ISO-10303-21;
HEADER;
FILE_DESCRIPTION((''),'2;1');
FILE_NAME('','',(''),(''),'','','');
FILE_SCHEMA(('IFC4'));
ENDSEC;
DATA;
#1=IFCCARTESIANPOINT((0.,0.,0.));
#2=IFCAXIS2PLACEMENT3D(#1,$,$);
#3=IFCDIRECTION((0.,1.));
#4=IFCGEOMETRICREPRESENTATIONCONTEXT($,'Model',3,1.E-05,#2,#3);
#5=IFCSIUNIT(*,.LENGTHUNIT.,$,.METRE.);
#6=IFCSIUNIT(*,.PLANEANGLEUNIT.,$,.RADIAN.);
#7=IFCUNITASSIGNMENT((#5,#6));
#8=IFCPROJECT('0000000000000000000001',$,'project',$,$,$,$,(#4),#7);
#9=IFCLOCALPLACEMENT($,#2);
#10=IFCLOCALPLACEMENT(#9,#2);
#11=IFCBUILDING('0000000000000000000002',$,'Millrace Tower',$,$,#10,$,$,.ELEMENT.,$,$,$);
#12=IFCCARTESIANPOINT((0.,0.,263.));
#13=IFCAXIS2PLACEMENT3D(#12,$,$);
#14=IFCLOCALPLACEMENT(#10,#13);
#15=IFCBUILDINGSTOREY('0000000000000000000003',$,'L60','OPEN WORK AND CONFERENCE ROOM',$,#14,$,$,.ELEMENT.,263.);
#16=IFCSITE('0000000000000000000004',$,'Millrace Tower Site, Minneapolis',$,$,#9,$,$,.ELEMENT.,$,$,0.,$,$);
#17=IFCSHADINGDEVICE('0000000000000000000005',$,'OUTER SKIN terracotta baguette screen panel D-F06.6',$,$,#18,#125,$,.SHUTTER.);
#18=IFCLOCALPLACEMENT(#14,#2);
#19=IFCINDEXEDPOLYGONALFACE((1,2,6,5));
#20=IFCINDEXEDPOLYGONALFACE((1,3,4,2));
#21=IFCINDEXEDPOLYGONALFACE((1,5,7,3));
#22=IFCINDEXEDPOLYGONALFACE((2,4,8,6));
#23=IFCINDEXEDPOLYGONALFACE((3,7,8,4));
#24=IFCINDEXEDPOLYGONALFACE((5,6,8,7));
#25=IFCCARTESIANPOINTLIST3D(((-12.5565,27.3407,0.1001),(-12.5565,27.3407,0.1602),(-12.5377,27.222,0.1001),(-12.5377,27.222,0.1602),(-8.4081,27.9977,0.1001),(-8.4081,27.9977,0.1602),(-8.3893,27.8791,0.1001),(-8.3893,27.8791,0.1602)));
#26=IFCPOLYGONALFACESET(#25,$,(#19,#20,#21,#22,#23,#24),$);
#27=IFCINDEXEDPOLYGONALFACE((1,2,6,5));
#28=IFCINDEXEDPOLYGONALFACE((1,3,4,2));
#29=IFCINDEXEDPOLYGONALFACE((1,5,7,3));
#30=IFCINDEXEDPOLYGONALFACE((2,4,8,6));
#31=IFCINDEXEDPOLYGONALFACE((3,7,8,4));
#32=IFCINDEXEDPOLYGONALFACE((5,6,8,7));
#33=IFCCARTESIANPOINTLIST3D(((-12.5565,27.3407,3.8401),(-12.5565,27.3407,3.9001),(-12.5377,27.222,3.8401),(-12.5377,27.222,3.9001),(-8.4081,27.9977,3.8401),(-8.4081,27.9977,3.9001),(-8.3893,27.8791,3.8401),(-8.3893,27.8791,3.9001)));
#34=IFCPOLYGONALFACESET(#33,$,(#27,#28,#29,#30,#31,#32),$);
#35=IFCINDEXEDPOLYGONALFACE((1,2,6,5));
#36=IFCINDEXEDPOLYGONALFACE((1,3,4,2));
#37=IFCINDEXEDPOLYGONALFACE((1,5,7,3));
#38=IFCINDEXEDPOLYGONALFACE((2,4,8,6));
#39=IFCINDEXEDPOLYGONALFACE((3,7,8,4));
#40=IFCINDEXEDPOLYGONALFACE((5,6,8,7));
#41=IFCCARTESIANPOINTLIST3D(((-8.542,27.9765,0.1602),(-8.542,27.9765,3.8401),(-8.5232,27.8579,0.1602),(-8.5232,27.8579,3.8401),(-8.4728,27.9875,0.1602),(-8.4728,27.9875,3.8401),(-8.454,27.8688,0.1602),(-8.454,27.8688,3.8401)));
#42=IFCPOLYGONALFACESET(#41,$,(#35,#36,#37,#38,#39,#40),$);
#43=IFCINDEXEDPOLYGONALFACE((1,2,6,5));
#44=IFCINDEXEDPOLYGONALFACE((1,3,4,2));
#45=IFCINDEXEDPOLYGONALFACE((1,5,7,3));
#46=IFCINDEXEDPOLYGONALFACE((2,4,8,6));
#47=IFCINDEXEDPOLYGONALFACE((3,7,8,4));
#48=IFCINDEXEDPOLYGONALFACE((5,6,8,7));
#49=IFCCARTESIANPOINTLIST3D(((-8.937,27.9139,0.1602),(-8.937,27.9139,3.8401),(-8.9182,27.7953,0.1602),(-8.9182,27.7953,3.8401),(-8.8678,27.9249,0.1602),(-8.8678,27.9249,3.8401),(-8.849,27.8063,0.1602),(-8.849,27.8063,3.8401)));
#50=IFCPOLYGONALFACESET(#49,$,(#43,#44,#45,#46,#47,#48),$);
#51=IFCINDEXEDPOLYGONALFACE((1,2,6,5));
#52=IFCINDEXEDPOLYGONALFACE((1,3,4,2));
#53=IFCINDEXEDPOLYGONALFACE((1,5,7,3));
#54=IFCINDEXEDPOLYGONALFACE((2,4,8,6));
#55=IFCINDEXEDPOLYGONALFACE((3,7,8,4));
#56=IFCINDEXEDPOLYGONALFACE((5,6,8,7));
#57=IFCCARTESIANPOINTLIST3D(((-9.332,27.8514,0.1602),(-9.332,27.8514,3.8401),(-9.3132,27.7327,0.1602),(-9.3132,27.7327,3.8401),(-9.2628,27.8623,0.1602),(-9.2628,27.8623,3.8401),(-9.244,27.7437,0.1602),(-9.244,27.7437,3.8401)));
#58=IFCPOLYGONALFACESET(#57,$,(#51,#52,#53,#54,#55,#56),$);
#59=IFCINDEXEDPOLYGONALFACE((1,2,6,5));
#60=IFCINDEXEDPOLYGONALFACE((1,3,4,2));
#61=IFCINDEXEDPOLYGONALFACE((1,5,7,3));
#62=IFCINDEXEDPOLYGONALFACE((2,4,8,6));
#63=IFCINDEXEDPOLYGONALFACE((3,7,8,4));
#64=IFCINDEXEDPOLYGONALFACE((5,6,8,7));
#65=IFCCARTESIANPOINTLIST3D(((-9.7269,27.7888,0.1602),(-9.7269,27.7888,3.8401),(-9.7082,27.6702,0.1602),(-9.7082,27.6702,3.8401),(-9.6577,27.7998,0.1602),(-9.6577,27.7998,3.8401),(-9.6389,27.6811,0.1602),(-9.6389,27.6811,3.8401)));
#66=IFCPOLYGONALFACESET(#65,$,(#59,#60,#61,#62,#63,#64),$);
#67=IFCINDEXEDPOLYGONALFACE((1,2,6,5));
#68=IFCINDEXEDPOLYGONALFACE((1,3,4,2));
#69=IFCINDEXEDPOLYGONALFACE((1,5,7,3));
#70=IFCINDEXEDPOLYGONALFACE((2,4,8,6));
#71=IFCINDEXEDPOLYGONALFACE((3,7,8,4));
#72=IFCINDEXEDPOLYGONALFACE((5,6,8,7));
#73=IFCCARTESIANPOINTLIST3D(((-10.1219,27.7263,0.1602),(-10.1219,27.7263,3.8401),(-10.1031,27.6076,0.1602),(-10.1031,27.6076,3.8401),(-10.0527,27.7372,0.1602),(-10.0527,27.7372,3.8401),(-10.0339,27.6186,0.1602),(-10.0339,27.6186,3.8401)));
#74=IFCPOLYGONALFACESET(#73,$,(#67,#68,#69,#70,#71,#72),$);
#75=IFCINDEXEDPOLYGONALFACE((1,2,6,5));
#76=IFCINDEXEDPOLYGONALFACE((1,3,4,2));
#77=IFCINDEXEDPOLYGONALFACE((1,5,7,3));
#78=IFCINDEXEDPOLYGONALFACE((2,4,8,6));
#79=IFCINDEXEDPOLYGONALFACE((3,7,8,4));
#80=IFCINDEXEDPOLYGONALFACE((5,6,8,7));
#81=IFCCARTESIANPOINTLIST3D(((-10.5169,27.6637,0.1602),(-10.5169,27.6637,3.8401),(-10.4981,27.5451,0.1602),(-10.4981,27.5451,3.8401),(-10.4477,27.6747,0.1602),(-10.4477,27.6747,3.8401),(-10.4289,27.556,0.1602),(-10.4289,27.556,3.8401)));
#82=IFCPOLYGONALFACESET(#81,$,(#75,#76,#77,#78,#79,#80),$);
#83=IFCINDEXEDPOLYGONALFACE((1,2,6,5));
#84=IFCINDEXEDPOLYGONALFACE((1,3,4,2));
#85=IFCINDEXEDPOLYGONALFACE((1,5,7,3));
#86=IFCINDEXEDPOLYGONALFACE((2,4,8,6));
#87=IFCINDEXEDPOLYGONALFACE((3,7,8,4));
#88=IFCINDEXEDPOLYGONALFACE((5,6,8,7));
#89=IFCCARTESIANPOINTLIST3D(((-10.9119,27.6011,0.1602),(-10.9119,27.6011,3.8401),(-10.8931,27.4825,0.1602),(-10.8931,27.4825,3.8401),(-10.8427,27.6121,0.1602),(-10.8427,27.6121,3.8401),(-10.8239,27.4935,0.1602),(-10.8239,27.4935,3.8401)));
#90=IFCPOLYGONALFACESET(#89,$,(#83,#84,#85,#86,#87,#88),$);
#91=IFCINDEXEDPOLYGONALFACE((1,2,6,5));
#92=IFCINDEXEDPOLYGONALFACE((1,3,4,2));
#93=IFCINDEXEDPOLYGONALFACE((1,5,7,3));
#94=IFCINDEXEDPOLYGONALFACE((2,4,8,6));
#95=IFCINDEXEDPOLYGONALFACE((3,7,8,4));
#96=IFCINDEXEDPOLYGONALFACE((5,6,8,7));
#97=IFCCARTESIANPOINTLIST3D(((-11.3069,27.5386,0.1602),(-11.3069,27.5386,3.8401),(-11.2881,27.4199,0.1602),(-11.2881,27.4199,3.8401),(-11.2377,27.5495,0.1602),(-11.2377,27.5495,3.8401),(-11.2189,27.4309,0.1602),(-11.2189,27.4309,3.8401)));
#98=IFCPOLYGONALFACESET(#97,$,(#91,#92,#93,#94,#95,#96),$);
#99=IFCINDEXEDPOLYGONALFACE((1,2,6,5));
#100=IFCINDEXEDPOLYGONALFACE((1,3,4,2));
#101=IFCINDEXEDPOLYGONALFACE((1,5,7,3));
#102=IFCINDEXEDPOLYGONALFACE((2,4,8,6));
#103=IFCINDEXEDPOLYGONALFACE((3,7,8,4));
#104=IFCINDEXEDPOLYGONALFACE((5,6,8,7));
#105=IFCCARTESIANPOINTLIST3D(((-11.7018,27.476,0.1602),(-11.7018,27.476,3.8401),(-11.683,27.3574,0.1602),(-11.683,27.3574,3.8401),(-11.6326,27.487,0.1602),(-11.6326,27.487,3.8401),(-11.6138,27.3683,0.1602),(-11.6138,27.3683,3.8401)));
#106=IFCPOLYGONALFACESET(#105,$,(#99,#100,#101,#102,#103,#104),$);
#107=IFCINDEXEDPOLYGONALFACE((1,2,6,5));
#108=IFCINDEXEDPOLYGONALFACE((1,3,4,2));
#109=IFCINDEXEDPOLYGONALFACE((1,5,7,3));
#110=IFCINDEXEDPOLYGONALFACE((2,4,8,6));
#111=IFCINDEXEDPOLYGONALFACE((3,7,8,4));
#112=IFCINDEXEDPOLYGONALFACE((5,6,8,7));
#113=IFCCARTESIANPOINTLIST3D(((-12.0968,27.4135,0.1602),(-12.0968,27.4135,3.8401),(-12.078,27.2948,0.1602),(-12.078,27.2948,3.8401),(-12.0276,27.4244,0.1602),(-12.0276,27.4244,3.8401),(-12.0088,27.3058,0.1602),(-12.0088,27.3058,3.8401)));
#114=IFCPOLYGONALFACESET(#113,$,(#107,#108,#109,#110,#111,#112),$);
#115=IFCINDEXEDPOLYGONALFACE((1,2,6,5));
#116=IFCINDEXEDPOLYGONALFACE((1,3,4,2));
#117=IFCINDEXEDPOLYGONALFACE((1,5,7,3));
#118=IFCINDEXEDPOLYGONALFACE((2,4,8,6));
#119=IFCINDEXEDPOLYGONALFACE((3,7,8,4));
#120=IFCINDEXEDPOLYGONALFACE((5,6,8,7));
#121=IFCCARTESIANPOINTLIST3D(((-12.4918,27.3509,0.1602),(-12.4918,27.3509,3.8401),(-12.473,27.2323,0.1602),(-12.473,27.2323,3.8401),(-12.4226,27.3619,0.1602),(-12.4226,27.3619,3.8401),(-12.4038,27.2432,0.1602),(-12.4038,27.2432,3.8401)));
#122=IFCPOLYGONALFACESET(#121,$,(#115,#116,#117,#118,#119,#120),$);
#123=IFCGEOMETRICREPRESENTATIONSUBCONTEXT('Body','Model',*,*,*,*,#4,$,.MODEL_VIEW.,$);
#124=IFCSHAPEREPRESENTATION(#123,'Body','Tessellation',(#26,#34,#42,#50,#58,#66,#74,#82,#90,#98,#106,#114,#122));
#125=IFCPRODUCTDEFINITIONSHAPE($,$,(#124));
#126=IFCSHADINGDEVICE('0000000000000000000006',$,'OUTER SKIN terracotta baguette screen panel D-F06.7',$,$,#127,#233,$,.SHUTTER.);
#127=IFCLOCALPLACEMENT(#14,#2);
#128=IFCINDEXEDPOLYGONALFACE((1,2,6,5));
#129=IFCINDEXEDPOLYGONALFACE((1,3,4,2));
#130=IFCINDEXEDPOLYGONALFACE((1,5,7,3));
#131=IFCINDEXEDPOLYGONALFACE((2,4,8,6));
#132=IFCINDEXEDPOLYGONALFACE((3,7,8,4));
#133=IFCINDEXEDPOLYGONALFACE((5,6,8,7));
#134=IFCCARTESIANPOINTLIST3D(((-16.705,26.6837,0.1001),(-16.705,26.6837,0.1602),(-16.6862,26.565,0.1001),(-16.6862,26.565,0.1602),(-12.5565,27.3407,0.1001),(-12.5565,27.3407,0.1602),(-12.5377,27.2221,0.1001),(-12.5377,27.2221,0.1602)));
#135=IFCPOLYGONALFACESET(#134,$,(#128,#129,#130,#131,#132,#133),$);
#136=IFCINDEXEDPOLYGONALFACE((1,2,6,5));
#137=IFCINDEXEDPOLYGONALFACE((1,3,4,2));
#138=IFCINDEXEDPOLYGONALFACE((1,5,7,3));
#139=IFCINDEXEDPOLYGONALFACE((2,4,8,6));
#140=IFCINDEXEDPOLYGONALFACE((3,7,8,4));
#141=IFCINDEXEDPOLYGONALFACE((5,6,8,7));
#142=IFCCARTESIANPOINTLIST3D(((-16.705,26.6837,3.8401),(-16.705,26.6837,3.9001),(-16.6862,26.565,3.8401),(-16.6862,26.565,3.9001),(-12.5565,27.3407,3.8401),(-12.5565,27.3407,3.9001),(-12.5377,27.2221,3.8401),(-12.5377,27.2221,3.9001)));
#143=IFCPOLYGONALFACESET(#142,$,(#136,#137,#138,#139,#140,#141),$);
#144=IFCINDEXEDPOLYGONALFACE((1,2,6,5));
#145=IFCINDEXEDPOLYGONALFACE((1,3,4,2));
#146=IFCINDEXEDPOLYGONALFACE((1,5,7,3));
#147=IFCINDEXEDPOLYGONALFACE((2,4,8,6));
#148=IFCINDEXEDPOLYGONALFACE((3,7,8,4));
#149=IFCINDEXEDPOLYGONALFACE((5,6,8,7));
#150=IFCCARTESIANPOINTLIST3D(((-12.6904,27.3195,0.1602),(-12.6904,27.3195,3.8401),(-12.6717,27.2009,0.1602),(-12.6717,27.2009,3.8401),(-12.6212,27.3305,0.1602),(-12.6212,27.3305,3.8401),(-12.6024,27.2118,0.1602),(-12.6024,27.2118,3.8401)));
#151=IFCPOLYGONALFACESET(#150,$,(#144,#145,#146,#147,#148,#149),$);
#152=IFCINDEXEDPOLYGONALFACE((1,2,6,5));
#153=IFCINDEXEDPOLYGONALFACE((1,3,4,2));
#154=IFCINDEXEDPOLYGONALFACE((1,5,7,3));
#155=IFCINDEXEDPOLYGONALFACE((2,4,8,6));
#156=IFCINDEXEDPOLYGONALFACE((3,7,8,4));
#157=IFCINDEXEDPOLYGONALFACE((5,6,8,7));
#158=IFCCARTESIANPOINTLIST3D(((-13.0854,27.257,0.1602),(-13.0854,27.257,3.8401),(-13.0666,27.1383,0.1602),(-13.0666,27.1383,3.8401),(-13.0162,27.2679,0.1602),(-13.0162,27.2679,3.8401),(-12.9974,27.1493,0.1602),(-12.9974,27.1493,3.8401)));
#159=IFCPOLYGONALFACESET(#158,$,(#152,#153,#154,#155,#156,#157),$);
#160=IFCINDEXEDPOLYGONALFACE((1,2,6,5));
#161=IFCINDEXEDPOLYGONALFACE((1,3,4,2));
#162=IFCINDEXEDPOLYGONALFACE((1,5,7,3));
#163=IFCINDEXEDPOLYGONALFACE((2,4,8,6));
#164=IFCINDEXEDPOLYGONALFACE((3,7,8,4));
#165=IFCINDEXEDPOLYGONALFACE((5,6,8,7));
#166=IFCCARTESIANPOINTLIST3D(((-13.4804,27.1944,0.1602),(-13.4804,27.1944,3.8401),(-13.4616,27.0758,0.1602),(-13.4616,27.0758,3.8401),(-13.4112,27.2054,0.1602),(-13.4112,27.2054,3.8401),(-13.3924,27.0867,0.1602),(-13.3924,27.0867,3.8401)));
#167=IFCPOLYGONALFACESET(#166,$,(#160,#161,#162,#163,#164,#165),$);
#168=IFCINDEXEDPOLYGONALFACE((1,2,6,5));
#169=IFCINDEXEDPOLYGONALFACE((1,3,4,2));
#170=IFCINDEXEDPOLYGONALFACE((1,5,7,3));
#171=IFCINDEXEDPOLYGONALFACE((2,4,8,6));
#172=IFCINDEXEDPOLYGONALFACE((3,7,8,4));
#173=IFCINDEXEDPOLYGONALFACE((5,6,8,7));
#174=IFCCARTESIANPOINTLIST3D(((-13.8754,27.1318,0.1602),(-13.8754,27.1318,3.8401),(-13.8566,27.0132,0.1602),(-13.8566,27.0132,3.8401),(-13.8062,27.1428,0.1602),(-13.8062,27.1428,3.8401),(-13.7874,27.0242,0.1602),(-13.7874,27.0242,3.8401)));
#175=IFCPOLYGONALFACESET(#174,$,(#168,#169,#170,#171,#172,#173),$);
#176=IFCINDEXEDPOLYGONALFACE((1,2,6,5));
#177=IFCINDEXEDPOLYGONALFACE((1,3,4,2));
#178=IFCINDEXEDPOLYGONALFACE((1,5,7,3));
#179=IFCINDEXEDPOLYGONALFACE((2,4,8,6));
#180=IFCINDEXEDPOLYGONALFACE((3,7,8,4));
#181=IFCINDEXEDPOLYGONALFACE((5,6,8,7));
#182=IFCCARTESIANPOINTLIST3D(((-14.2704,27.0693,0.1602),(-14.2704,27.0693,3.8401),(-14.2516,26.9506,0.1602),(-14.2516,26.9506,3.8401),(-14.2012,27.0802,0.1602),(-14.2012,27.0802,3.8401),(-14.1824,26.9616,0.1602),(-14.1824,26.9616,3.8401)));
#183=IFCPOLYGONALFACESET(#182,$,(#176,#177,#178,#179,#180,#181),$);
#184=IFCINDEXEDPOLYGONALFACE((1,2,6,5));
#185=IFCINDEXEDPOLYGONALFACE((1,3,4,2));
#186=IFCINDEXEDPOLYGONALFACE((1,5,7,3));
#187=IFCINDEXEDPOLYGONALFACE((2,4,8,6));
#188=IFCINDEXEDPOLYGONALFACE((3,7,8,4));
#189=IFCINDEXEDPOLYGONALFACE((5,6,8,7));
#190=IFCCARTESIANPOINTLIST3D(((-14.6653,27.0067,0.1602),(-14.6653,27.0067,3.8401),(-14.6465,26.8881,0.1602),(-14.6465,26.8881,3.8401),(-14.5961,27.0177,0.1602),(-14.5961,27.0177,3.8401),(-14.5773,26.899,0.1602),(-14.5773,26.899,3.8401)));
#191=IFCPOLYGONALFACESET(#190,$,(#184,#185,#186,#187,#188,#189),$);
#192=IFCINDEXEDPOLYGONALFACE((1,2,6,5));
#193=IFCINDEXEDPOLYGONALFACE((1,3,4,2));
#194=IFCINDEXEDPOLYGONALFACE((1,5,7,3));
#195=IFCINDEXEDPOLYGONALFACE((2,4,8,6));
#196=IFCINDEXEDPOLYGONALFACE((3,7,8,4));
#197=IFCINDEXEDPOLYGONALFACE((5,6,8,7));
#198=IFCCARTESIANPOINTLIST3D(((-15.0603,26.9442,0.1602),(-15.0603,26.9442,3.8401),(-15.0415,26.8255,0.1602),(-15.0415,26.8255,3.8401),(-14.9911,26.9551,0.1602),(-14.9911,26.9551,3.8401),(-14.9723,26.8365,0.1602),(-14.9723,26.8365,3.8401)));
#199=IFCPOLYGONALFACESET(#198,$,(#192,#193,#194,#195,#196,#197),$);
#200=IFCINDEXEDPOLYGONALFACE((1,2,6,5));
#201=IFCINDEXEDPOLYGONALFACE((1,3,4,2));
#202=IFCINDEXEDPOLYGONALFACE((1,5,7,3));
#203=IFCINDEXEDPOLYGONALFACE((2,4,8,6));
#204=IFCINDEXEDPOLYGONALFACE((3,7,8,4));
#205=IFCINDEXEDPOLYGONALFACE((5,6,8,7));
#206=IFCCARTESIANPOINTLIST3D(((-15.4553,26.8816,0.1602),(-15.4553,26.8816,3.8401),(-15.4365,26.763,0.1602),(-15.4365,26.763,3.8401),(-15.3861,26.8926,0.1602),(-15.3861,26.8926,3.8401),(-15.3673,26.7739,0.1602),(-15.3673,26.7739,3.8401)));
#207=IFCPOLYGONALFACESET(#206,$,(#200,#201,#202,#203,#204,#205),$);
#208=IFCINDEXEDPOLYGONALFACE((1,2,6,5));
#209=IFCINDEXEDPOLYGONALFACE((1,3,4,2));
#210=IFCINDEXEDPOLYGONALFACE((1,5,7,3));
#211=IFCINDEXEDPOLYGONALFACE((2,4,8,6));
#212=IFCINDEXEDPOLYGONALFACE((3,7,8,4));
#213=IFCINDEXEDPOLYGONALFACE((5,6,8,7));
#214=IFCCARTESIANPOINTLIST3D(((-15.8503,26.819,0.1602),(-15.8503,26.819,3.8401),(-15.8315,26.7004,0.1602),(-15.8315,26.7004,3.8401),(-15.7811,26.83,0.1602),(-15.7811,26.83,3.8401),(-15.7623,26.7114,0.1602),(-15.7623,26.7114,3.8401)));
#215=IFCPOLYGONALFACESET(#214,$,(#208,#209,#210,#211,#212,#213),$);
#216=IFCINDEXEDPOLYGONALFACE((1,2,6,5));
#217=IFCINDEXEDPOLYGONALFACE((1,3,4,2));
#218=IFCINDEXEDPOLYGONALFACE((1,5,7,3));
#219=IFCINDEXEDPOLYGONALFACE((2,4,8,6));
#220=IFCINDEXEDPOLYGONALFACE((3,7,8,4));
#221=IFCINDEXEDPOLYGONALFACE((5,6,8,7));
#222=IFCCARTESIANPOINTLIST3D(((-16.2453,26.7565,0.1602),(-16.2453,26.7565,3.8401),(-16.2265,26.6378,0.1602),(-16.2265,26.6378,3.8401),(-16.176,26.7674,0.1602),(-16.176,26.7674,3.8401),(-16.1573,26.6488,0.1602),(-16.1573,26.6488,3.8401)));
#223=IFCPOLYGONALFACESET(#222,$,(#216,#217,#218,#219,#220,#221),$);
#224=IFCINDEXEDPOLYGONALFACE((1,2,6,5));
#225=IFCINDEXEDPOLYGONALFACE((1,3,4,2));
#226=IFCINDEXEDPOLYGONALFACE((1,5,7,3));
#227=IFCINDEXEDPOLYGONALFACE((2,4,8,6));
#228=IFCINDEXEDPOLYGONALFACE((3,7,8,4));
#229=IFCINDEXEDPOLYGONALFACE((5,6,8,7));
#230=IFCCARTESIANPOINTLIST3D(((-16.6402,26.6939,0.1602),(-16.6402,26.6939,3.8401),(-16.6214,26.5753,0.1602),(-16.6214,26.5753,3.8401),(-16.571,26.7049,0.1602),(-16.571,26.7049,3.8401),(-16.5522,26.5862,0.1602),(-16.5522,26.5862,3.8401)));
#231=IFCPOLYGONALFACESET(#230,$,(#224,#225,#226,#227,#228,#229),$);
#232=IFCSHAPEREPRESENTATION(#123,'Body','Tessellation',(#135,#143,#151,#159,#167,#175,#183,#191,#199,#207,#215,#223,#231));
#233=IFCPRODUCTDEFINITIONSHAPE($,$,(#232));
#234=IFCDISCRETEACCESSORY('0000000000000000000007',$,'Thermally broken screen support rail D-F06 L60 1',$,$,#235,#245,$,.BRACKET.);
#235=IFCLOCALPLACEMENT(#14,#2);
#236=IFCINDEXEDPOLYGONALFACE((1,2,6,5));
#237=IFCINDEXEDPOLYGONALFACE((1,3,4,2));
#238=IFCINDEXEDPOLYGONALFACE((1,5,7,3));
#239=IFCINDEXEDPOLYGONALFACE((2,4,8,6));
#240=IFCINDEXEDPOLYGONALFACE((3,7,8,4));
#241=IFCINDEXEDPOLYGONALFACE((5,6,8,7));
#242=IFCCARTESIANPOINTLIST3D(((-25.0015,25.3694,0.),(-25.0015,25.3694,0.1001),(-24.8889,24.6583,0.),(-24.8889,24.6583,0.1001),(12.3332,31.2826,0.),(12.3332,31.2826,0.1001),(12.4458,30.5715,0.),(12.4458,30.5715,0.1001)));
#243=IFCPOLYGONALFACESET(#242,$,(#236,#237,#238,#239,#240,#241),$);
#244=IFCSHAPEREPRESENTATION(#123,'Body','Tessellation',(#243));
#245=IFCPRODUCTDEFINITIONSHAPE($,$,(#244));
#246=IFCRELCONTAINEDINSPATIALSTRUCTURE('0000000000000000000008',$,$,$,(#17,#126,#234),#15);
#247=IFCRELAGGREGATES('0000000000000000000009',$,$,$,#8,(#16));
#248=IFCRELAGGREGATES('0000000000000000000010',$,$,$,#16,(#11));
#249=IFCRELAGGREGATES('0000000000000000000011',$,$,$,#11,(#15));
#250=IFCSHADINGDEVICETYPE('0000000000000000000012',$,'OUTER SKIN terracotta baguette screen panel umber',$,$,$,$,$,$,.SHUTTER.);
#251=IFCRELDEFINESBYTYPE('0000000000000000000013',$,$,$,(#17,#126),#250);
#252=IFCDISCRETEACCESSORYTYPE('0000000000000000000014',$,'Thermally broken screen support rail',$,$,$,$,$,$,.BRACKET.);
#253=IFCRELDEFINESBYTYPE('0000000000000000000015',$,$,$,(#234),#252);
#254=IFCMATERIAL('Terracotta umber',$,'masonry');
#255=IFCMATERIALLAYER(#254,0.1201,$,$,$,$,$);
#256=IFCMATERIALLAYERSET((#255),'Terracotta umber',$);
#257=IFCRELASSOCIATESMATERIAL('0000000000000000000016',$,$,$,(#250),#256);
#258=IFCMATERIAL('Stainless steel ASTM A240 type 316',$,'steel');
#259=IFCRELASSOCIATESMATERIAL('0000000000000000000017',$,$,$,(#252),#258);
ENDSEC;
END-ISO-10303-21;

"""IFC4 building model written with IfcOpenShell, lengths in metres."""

from ifc_helpers import new_model, entity, si_unit, direction, frame, frame_2d, origin, origin_2d, place, context, subcontext, project, spatial, rectangle, extrude, source, transform, mapped, material, layer, layer_set, type_object, element, save


model = new_model("IFC4")

# Units and contexts
model_context = context("Model", 3, precision=1e-05, world=origin(), true_north=direction((0.0, 1.0)))
body_context = subcontext(model_context, "Body", "Model", "MODEL_VIEW")
ifc_project = project(units=[si_unit("LENGTHUNIT", "METRE"), si_unit("PLANEANGLEUNIT", "RADIAN")], contexts=[model_context])

# Site, building, storey
site_placement = place(None, origin())
site = spatial("IfcSite", under=ifc_project, at=site_placement, Name="Millrace Tower Site, Minneapolis", CompositionType="ELEMENT", RefElevation=0.0)
building_placement = place(site_placement, origin())
building = spatial("IfcBuilding", under=site, at=building_placement, Name="Millrace Tower", CompositionType="ELEMENT")
storey_placement = place(building_placement, frame((0.0, 0.0, 263.0)))
storey = spatial("IfcBuildingStorey", under=building, at=storey_placement, Name="L60", Description="OPEN WORK AND CONFERENCE ROOM", CompositionType="ELEMENT", Elevation=263.0)

# Shading devices
ifc_material_1 = material(Name="Terracotta umber", Category="masonry")
ifc_layer_1 = layer(ifc_material_1, 0.1201)
ifc_layer_set_1 = layer_set([ifc_layer_1], Name="Terracotta umber")
shading_device_type = type_object("IfcShadingDeviceType", Name="OUTER SKIN terracotta baguette screen panel umber", PredefinedType="SHUTTER", material=ifc_layer_set_1)
cartesian_point = entity("IfcCartesianPoint", [-2.1001, 0.0601])
shared_polyline = entity("IfcPolyline", [cartesian_point, entity("IfcCartesianPoint", [2.1001, 0.0601]), entity("IfcCartesianPoint", [2.1001, -0.0601]), entity("IfcCartesianPoint", [-2.1001, -0.0601]), cartesian_point])
shared_shape = source(origin(), body_context, "Body", "SweptSolid", [
    entity("IfcExtrudedAreaSolid", entity("IfcArbitraryClosedProfileDef", "AREA", None, shared_polyline), entity("IfcAxis2Placement3D", entity("IfcCartesianPoint", [0.0, 0.0, 0.0])), entity("IfcDirection", [0.0, 0.0, 1.0]), 0.0601),
    entity("IfcExtrudedAreaSolid", entity("IfcArbitraryClosedProfileDef", "AREA", None, shared_polyline), entity("IfcAxis2Placement3D", entity("IfcCartesianPoint", [0.0, 0.0, 3.74])), entity("IfcDirection", [0.0, 0.0, 1.0]), 0.0601),
    extrude(rectangle(XDim=0.0701, YDim=0.1201, at=frame_2d((-1.9995, 0.0))), frame((0.0, 0.0, 0.0601)), (0.0, 0.0, 1.0), 3.6799),
    extrude(rectangle(XDim=0.0701, YDim=0.1201, at=frame_2d((-1.5996, 0.0))), frame((0.0, 0.0, 0.0601)), (0.0, 0.0, 1.0), 3.6799),
    extrude(rectangle(XDim=0.0701, YDim=0.1201, at=frame_2d((-1.1997, 0.0))), frame((0.0, 0.0, 0.0601)), (0.0, 0.0, 1.0), 3.6799),
    extrude(rectangle(XDim=0.0701, YDim=0.1201, at=frame_2d((-0.7998, 0.0))), frame((0.0, 0.0, 0.0601)), (0.0, 0.0, 1.0), 3.6799),
    extrude(rectangle(XDim=0.0701, YDim=0.1201, at=frame_2d((-0.3999, 0.0))), frame((0.0, 0.0, 0.0601)), (0.0, 0.0, 1.0), 3.6799),
    extrude(rectangle(XDim=0.0701, YDim=0.1201, at=origin_2d()), frame((0.0, 0.0, 0.0601)), (0.0, 0.0, 1.0), 3.6799),
    extrude(rectangle(XDim=0.0701, YDim=0.1201, at=frame_2d((0.3999, 0.0))), frame((0.0, 0.0, 0.0601)), (0.0, 0.0, 1.0), 3.6799),
    extrude(rectangle(XDim=0.0701, YDim=0.1201, at=frame_2d((0.7998, 0.0))), frame((0.0, 0.0, 0.0601)), (0.0, 0.0, 1.0), 3.6799),
    extrude(rectangle(XDim=0.0701, YDim=0.1201, at=frame_2d((1.1997, 0.0))), frame((0.0, 0.0, 0.0601)), (0.0, 0.0, 1.0), 3.6799),
    extrude(rectangle(XDim=0.0701, YDim=0.1201, at=frame_2d((1.5996, 0.0))), frame((0.0, 0.0, 0.0601)), (0.0, 0.0, 1.0), 3.6799),
    extrude(rectangle(XDim=0.0701, YDim=0.1201, at=frame_2d((1.9995, 0.0))), frame((0.0, 0.0, 0.0601)), (0.0, 0.0, 1.0), 3.6799),
])
for number, where, z_axis, x_axis, name in (
    (1, (-10.4729, 27.6099, 0.1001), (0.0, 0.0, 1.0), (-0.987688, -0.156434, 0.0), "OUTER SKIN terracotta baguette screen panel D-F06.6"),
    (2, (-14.6213, 26.9529, 0.1001), (0.0, 0.0, 1.0), (-0.987688, -0.156434, 0.0), "OUTER SKIN terracotta baguette screen panel D-F06.7"),
):
    element("IfcShadingDevice", number, at=place(storey_placement, frame(where, z_axis=z_axis, x_axis=x_axis)), inside=storey, type_object=shading_device_type, Name=name, PredefinedType="SHUTTER", context=body_context, shape_type="MappedRepresentation", body=[
        mapped(shared_shape, transform((0.0, 0.0, 0.0), scale=1.0)),
    ])

# Discrete accessory
ifc_material_2 = material(Name="Stainless steel ASTM A240 type 316", Category="steel")
discrete_accessory_type = type_object("IfcDiscreteAccessoryType", Name="Thermally broken screen support rail", PredefinedType="BRACKET", material=ifc_material_2)
discrete_accessory_placement = place(storey_placement, frame((-6.2778, 27.9705, 0.0), z_axis=(0.0, 0.0, 1.0), x_axis=(-0.987688, -0.156434, 0.0)))
element("IfcDiscreteAccessory", 3, at=discrete_accessory_placement, inside=storey, type_object=discrete_accessory_type, Name="Thermally broken screen support rail D-F06 L60 1", PredefinedType="BRACKET", context=body_context, shape_type="SweptSolid", body=[
    extrude(rectangle(XDim=37.8, YDim=0.72, at=origin_2d()), origin(), (0.0, 0.0, 1.0), 0.1001),
])

save(model, "model.ifc")
